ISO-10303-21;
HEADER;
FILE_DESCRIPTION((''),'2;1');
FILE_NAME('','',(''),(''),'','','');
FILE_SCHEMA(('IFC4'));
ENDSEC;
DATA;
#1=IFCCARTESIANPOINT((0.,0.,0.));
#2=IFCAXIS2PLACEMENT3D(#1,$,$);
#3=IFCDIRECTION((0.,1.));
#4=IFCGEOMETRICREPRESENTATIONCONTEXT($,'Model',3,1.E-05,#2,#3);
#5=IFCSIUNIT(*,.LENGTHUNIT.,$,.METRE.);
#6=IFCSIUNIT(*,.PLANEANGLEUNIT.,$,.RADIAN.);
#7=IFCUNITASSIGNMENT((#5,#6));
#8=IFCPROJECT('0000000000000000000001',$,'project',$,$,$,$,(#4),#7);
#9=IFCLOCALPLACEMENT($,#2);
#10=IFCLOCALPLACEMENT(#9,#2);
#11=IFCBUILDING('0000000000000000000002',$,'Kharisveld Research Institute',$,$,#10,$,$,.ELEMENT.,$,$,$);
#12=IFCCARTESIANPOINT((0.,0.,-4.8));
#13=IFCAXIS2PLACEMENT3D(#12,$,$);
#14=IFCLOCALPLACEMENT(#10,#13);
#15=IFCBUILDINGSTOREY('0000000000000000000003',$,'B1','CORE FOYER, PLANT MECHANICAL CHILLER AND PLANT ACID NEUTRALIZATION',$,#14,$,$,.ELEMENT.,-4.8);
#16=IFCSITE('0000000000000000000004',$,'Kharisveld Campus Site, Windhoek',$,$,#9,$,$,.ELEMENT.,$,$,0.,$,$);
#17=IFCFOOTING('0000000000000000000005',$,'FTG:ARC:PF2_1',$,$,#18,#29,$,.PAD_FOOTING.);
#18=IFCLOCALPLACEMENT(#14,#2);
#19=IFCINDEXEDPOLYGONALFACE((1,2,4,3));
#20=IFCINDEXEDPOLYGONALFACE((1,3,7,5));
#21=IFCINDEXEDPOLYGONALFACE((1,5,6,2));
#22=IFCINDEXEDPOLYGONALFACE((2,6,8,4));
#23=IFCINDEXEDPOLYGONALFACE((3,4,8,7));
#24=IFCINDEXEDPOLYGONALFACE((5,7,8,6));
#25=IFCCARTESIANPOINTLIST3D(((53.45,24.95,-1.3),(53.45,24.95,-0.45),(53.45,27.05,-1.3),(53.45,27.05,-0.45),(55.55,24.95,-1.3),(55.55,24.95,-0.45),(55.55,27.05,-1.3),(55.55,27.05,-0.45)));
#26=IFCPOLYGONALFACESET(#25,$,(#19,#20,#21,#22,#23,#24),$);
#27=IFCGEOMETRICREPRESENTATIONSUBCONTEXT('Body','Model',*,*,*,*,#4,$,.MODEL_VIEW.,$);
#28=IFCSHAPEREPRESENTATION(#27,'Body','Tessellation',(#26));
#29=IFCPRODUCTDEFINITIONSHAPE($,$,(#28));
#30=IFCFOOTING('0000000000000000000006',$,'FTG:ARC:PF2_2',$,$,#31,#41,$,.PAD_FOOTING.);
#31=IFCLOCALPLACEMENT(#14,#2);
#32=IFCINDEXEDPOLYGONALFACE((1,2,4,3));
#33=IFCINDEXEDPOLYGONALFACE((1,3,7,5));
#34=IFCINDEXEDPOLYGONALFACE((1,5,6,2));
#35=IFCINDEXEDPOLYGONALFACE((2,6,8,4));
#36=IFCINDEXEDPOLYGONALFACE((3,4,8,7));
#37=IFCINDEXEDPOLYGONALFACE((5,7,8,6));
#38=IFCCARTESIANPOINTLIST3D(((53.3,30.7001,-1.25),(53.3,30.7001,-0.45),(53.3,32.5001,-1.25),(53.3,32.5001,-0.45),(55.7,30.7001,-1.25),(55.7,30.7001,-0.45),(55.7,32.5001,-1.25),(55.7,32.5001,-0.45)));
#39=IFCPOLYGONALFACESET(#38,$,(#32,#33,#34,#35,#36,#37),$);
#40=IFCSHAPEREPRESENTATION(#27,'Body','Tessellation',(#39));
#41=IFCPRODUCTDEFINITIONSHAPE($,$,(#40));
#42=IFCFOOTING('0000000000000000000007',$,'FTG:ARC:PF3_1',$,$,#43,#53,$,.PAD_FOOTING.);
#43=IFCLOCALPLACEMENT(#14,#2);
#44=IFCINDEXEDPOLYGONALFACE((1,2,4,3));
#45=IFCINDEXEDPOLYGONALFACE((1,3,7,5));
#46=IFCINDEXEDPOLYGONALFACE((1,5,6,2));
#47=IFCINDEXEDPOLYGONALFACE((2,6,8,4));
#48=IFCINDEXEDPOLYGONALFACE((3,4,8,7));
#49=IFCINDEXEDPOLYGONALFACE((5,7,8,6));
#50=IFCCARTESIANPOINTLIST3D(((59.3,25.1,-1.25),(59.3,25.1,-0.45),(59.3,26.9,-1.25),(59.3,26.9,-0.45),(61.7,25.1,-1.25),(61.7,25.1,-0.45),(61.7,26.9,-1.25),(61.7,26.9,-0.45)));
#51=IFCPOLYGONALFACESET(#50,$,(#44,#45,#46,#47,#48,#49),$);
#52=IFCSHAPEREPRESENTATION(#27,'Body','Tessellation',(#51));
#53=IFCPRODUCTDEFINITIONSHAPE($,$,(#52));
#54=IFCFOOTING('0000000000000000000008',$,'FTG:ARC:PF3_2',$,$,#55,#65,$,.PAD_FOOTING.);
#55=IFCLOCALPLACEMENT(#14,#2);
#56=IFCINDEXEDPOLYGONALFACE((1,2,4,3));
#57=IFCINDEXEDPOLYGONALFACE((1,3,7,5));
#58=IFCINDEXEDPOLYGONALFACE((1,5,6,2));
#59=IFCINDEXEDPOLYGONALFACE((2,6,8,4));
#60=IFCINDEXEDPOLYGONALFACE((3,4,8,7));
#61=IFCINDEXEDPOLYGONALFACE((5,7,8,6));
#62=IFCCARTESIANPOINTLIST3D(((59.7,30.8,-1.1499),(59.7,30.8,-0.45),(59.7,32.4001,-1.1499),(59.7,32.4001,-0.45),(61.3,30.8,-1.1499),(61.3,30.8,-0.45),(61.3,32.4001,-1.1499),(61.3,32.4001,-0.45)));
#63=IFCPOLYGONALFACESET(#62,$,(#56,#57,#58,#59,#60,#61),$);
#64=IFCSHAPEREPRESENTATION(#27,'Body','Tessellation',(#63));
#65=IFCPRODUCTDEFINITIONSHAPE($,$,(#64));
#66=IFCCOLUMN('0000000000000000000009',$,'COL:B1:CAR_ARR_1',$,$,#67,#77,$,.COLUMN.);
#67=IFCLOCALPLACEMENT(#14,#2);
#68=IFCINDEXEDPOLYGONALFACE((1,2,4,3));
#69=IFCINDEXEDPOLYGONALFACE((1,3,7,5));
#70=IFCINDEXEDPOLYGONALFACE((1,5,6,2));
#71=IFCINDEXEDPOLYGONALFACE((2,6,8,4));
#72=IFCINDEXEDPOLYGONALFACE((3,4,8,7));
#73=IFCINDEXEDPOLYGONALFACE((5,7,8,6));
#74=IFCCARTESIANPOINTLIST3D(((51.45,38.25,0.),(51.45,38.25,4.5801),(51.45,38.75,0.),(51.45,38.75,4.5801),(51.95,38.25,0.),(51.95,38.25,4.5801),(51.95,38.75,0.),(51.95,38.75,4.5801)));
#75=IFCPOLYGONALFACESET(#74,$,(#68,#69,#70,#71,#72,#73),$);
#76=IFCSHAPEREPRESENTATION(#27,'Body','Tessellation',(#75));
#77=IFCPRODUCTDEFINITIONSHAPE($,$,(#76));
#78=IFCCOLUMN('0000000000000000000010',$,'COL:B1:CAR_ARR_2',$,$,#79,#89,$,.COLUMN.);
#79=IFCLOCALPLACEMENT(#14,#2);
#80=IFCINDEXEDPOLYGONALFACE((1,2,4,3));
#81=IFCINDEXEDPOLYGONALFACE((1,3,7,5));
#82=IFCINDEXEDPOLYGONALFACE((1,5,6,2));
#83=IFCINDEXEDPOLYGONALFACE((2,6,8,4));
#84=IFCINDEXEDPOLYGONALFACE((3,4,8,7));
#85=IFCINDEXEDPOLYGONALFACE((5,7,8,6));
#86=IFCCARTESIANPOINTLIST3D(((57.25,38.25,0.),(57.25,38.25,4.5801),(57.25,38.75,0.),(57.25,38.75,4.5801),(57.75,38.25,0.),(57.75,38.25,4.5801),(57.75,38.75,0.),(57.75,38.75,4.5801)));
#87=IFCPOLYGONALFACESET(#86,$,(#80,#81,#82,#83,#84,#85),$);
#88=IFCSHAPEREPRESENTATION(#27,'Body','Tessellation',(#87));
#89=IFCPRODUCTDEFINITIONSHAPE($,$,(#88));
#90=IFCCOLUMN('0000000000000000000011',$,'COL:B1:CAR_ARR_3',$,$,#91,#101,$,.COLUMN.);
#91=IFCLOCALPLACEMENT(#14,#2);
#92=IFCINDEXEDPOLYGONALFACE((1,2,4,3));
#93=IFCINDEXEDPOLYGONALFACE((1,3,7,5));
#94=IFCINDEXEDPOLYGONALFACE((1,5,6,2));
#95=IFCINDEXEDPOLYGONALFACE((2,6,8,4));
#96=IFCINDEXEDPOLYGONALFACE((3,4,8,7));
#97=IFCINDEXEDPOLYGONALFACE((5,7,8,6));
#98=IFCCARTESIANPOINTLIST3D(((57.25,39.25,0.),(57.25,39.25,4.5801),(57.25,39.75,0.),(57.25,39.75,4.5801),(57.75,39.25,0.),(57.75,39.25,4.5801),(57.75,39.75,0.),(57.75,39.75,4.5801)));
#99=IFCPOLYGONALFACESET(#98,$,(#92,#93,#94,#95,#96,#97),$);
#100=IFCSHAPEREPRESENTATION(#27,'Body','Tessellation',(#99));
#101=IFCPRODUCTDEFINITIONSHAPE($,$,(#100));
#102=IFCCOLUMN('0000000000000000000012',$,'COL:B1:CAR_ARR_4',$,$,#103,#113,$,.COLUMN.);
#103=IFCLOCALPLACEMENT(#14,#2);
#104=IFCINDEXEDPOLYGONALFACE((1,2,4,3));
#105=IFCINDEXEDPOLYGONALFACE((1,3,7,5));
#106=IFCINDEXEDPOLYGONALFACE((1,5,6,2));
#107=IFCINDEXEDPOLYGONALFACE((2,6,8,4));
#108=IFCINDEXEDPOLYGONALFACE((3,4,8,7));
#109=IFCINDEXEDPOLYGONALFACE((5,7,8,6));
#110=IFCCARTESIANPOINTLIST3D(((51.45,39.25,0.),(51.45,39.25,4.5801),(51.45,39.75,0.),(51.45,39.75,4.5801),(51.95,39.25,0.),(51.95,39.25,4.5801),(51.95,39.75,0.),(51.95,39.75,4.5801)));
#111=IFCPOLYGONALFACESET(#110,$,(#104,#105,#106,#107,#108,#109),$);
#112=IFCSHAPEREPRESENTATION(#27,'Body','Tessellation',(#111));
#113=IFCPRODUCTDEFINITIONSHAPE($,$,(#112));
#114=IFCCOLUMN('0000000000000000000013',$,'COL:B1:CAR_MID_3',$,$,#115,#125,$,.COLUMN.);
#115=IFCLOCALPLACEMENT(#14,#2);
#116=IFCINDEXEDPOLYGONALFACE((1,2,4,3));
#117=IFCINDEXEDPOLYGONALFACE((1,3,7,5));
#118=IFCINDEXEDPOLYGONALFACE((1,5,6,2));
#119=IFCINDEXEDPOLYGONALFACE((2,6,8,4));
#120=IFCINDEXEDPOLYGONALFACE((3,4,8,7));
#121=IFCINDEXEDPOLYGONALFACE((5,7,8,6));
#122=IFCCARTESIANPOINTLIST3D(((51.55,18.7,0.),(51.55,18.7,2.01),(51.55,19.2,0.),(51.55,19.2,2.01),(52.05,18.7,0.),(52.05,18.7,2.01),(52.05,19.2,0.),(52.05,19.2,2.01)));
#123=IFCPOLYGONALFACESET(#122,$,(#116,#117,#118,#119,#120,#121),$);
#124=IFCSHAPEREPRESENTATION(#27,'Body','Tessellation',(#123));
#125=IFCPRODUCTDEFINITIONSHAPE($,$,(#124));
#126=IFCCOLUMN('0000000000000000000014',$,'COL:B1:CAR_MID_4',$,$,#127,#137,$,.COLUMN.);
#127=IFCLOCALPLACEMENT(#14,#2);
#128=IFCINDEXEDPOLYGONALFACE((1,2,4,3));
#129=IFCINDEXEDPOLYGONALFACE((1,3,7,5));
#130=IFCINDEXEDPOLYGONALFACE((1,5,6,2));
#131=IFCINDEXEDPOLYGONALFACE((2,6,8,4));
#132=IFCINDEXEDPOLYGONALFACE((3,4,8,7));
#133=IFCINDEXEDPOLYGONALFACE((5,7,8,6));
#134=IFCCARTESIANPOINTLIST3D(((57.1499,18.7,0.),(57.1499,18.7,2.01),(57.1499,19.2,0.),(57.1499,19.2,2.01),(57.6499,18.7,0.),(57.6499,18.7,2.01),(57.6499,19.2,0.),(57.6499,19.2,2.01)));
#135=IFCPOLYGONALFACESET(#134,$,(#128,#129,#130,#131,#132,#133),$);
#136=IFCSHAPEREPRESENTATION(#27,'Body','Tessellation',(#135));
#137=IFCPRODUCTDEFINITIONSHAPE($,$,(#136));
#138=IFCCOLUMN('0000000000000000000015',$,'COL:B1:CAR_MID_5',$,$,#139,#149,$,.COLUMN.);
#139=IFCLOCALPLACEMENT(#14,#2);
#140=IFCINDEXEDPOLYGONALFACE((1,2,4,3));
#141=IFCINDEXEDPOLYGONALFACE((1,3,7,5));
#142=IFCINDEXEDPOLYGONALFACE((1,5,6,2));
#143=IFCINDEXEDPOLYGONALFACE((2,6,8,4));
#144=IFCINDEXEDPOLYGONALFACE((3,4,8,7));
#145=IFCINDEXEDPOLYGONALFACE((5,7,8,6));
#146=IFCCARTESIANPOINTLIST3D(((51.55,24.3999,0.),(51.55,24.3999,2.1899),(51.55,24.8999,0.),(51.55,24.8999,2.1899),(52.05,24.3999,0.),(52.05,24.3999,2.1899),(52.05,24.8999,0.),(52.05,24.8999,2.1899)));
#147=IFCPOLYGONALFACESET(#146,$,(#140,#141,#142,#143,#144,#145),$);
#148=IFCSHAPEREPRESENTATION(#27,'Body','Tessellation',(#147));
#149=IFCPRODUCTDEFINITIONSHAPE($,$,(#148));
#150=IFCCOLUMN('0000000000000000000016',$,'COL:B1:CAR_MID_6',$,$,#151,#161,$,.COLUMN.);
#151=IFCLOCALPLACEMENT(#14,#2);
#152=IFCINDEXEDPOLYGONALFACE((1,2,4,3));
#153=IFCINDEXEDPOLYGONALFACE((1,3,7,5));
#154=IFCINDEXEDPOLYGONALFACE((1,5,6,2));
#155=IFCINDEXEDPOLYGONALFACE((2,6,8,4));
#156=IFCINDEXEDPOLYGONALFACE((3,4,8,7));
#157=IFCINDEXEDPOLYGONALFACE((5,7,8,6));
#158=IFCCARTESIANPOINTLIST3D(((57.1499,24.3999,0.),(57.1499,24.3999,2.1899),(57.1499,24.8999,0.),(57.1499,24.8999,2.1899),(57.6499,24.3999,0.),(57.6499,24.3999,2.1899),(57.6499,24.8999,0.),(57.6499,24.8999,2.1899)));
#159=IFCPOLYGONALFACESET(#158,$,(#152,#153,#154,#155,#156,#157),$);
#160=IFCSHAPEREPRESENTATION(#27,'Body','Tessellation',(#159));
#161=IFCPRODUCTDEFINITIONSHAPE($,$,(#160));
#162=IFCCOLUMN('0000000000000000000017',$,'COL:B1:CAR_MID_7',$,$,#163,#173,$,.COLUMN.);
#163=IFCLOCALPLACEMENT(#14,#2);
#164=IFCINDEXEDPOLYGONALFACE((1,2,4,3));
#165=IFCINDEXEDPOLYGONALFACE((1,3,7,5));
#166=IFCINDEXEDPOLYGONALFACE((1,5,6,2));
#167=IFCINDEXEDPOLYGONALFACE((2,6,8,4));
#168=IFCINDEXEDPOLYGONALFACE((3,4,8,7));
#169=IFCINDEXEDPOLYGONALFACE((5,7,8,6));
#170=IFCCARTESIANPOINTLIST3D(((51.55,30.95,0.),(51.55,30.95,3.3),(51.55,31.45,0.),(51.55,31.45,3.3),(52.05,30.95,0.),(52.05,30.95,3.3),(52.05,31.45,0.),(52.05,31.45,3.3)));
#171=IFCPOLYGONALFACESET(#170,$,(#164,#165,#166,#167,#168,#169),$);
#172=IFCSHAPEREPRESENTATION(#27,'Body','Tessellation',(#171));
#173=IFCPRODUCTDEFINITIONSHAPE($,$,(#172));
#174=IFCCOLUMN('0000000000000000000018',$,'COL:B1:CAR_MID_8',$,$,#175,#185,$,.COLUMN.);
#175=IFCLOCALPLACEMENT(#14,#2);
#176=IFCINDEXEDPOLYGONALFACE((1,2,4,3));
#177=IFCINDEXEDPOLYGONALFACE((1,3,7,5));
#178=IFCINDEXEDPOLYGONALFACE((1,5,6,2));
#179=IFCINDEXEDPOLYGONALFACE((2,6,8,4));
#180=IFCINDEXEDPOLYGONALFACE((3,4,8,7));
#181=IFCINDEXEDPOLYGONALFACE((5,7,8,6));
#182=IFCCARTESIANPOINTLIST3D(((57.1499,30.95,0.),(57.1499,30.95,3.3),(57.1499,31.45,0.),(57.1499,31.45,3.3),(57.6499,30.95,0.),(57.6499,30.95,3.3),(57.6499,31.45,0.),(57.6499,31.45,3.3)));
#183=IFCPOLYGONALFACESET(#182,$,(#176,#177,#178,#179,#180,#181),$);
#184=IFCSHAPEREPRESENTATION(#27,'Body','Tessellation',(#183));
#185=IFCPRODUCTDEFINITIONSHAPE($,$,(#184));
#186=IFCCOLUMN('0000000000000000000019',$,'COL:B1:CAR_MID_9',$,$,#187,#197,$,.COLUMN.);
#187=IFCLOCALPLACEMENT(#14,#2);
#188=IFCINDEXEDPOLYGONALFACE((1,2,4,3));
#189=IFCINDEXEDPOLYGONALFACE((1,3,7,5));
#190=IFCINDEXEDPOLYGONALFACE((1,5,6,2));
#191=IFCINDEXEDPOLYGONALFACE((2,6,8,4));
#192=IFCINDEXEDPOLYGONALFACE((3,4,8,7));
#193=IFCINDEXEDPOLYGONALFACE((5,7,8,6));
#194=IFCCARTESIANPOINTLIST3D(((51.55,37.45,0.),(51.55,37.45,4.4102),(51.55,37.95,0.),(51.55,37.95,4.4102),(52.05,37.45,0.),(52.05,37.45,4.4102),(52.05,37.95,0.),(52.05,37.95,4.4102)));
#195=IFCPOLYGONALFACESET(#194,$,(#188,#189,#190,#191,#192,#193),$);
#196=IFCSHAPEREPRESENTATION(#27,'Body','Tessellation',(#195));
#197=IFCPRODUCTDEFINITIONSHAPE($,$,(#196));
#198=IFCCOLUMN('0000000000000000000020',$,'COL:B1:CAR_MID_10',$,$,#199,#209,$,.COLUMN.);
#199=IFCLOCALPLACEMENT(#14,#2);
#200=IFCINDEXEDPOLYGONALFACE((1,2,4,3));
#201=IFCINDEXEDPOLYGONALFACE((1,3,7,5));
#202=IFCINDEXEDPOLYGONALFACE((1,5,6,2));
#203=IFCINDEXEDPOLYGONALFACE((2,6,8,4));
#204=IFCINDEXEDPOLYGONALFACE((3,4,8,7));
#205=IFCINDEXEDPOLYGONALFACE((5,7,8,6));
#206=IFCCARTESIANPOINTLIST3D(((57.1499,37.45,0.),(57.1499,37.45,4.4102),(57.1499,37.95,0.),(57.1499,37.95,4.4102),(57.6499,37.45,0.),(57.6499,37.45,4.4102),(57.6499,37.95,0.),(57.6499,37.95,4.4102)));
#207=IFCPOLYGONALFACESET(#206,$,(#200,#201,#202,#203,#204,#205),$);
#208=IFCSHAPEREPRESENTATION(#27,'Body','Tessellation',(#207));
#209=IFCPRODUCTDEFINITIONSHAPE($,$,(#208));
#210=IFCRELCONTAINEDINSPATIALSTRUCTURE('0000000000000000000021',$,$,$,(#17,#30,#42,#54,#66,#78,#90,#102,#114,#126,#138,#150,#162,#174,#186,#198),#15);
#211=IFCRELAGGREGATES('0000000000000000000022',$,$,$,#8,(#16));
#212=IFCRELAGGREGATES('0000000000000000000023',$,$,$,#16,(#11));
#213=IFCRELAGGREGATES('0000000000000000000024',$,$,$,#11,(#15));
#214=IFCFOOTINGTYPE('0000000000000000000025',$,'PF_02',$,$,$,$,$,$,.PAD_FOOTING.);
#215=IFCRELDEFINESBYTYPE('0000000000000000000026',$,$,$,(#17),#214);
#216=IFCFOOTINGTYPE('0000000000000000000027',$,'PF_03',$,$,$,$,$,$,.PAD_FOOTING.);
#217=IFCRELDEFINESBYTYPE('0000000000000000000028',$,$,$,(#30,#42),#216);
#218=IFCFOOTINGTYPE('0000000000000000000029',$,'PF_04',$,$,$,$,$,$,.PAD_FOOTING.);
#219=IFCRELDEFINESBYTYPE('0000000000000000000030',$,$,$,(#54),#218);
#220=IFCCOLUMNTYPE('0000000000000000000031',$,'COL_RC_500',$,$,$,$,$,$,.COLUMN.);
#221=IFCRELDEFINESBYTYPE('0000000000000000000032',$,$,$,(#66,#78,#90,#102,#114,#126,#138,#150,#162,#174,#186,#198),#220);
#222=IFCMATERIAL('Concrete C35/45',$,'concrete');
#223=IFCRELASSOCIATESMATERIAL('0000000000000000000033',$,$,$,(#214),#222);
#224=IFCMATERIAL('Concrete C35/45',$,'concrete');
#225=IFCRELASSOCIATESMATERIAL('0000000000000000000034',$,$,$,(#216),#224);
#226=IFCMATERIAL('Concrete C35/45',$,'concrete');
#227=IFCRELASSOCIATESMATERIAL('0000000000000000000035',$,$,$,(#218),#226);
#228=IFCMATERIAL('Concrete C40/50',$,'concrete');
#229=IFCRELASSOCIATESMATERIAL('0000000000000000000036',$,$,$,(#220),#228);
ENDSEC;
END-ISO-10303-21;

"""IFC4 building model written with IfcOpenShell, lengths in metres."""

from ifc_helpers import new_model, si_unit, direction, frame, origin, origin_2d, place, context, subcontext, project, spatial, rectangle, extrude, material, material_profile, profile_set, type_object, element, save


model = new_model("IFC4")

# Units and contexts
model_context = context("Model", 3, precision=1e-05, world=origin(), true_north=direction((0.0, 1.0)))
body_context = subcontext(model_context, "Body", "Model", "MODEL_VIEW")
ifc_project = project(units=[si_unit("LENGTHUNIT", "METRE"), si_unit("PLANEANGLEUNIT", "RADIAN")], contexts=[model_context])

# Site, building, storey
site_placement = place(None, origin())
site = spatial("IfcSite", under=ifc_project, at=site_placement, Name="Kharisveld Campus Site, Windhoek", CompositionType="ELEMENT", RefElevation=0.0)
building_placement = place(site_placement, origin())
building = spatial("IfcBuilding", under=site, at=building_placement, Name="Kharisveld Research Institute", CompositionType="ELEMENT")
storey_placement = place(building_placement, frame((0.0, 0.0, -4.8)))
storey = spatial("IfcBuildingStorey", under=building, at=storey_placement, Name="B1", Description="CORE FOYER, PLANT MECHANICAL CHILLER AND PLANT ACID NEUTRALIZATION", CompositionType="ELEMENT", Elevation=-4.8)

# Footings
ifc_material_1 = material(Name="Concrete C35/45", Category="concrete")
footing_type_1 = type_object("IfcFootingType", Name="PF_02", PredefinedType="PAD_FOOTING", material=ifc_material_1)
footing_1_placement = place(storey_placement, frame((54.5, 26.0, -1.3), z_axis=(0.0, 0.0, 1.0), x_axis=(1.0, 0.0, 0.0)))
element("IfcFooting", 1, at=footing_1_placement, inside=storey, type_object=footing_type_1, Name="FTG:ARC:PF2_1", PredefinedType="PAD_FOOTING", context=body_context, shape_type="SweptSolid", body=[
    extrude(rectangle(XDim=2.1001, YDim=2.1001, at=origin_2d()), origin(), (0.0, 0.0, 1.0), 0.8501),
])
ifc_material_2 = material(Name="Concrete C35/45", Category="concrete")
footing_type_2 = type_object("IfcFootingType", Name="PF_03", PredefinedType="PAD_FOOTING", material=ifc_material_2)
for number, where, z_axis, x_axis, name in (
    (2, (54.5, 31.6001, -1.25), (0.0, 0.0, 1.0), (1.0, 0.0, 0.0), "FTG:ARC:PF2_2"),
    (3, (60.5, 26.0, -1.25), (0.0, 0.0, 1.0), (1.0, 0.0, 0.0), "FTG:ARC:PF3_1"),
):
    element("IfcFooting", number, at=place(storey_placement, frame(where, z_axis=z_axis, x_axis=x_axis)), inside=storey, type_object=footing_type_2, Name=name, PredefinedType="PAD_FOOTING", context=body_context, shape_type="SweptSolid", body=[
        extrude(rectangle(XDim=2.3999, YDim=1.8, at=origin_2d()), origin(), (0.0, 0.0, 1.0), 0.8),
    ])
ifc_material_3 = material(Name="Concrete C35/45", Category="concrete")
footing_type_3 = type_object("IfcFootingType", Name="PF_04", PredefinedType="PAD_FOOTING", material=ifc_material_3)
footing_2_placement = place(storey_placement, frame((60.5, 31.6001, -1.1499), z_axis=(0.0, 0.0, 1.0), x_axis=(1.0, 0.0, 0.0)))
element("IfcFooting", 4, at=footing_2_placement, inside=storey, type_object=footing_type_3, Name="FTG:ARC:PF3_2", PredefinedType="PAD_FOOTING", context=body_context, shape_type="SweptSolid", body=[
    extrude(rectangle(XDim=1.6001, YDim=1.6001, at=origin_2d()), origin(), (0.0, 0.0, 1.0), 0.7),
])

# Columns
ifc_material_4 = material(Name="Concrete C40/50", Category="concrete")
ifc_material_profile_1 = material_profile(ifc_material_4, rectangle(XDim=0.5, YDim=0.5, at=origin_2d()))
ifc_profile_set_1 = profile_set([ifc_material_profile_1], Name="Concrete C40/50")
column_type_1 = type_object("IfcColumnType", Name="COL_RC_500", PredefinedType="COLUMN", material=ifc_profile_set_1)
for number, where, z_axis, x_axis, name in (
    (5, (51.7, 38.5, 0.0), (0.0, 0.0, 1.0), (1.0, 0.0, 0.0), "COL:B1:CAR_ARR_1"),
    (6, (57.5, 38.5, 0.0), (0.0, 0.0, 1.0), (1.0, 0.0, 0.0), "COL:B1:CAR_ARR_2"),
    (7, (57.5, 39.5, 0.0), (0.0, 0.0, 1.0), (1.0, 0.0, 0.0), "COL:B1:CAR_ARR_3"),
    (8, (51.7, 39.5, 0.0), (0.0, 0.0, 1.0), (1.0, 0.0, 0.0), "COL:B1:CAR_ARR_4"),
):
    element("IfcColumn", number, at=place(storey_placement, frame(where, z_axis=z_axis, x_axis=x_axis)), inside=storey, type_object=column_type_1, Name=name, PredefinedType="COLUMN", context=body_context, shape_type="SweptSolid", body=[
        extrude(rectangle(XDim=0.5, YDim=0.5, at=origin_2d()), origin(), (0.0, 0.0, 1.0), 4.5801),
    ])
for number, where, z_axis, x_axis, name in (
    (9, (51.8, 18.95, 0.0), (0.0, 0.0, 1.0), (1.0, 0.0, 0.0), "COL:B1:CAR_MID_3"),
    (10, (57.3999, 18.95, 0.0), (0.0, 0.0, 1.0), (1.0, 0.0, 0.0), "COL:B1:CAR_MID_4"),
):
    element("IfcColumn", number, at=place(storey_placement, frame(where, z_axis=z_axis, x_axis=x_axis)), inside=storey, type_object=column_type_1, Name=name, PredefinedType="COLUMN", context=body_context, shape_type="SweptSolid", body=[
        extrude(rectangle(XDim=0.5, YDim=0.5, at=origin_2d()), origin(), (0.0, 0.0, 1.0), 2.01),
    ])
for number, where, z_axis, x_axis, name in (
    (11, (51.8, 24.6499, 0.0), (0.0, 0.0, 1.0), (1.0, 0.0, 0.0), "COL:B1:CAR_MID_5"),
    (12, (57.3999, 24.6499, 0.0), (0.0, 0.0, 1.0), (1.0, 0.0, 0.0), "COL:B1:CAR_MID_6"),
):
    element("IfcColumn", number, at=place(storey_placement, frame(where, z_axis=z_axis, x_axis=x_axis)), inside=storey, type_object=column_type_1, Name=name, PredefinedType="COLUMN", context=body_context, shape_type="SweptSolid", body=[
        extrude(rectangle(XDim=0.5, YDim=0.5, at=origin_2d()), origin(), (0.0, 0.0, 1.0), 2.1899),
    ])
for number, where, z_axis, x_axis, name in (
    (13, (51.8, 31.2, 0.0), (0.0, 0.0, 1.0), (1.0, 0.0, 0.0), "COL:B1:CAR_MID_7"),
    (14, (57.3999, 31.2, 0.0), (0.0, 0.0, 1.0), (1.0, 0.0, 0.0), "COL:B1:CAR_MID_8"),
):
    element("IfcColumn", number, at=place(storey_placement, frame(where, z_axis=z_axis, x_axis=x_axis)), inside=storey, type_object=column_type_1, Name=name, PredefinedType="COLUMN", context=body_context, shape_type="SweptSolid", body=[
        extrude(rectangle(XDim=0.5, YDim=0.5, at=origin_2d()), origin(), (0.0, 0.0, 1.0), 3.3),
    ])
for number, where, z_axis, x_axis, name in (
    (15, (51.8, 37.7, 0.0), (0.0, 0.0, 1.0), (1.0, 0.0, 0.0), "COL:B1:CAR_MID_9"),
    (16, (57.3999, 37.7, 0.0), (0.0, 0.0, 1.0), (1.0, 0.0, 0.0), "COL:B1:CAR_MID_10"),
):
    element("IfcColumn", number, at=place(storey_placement, frame(where, z_axis=z_axis, x_axis=x_axis)), inside=storey, type_object=column_type_1, Name=name, PredefinedType="COLUMN", context=body_context, shape_type="SweptSolid", body=[
        extrude(rectangle(XDim=0.5, YDim=0.5, at=origin_2d()), origin(), (0.0, 0.0, 1.0), 4.4102),
    ])

save(model, "model.ifc")
